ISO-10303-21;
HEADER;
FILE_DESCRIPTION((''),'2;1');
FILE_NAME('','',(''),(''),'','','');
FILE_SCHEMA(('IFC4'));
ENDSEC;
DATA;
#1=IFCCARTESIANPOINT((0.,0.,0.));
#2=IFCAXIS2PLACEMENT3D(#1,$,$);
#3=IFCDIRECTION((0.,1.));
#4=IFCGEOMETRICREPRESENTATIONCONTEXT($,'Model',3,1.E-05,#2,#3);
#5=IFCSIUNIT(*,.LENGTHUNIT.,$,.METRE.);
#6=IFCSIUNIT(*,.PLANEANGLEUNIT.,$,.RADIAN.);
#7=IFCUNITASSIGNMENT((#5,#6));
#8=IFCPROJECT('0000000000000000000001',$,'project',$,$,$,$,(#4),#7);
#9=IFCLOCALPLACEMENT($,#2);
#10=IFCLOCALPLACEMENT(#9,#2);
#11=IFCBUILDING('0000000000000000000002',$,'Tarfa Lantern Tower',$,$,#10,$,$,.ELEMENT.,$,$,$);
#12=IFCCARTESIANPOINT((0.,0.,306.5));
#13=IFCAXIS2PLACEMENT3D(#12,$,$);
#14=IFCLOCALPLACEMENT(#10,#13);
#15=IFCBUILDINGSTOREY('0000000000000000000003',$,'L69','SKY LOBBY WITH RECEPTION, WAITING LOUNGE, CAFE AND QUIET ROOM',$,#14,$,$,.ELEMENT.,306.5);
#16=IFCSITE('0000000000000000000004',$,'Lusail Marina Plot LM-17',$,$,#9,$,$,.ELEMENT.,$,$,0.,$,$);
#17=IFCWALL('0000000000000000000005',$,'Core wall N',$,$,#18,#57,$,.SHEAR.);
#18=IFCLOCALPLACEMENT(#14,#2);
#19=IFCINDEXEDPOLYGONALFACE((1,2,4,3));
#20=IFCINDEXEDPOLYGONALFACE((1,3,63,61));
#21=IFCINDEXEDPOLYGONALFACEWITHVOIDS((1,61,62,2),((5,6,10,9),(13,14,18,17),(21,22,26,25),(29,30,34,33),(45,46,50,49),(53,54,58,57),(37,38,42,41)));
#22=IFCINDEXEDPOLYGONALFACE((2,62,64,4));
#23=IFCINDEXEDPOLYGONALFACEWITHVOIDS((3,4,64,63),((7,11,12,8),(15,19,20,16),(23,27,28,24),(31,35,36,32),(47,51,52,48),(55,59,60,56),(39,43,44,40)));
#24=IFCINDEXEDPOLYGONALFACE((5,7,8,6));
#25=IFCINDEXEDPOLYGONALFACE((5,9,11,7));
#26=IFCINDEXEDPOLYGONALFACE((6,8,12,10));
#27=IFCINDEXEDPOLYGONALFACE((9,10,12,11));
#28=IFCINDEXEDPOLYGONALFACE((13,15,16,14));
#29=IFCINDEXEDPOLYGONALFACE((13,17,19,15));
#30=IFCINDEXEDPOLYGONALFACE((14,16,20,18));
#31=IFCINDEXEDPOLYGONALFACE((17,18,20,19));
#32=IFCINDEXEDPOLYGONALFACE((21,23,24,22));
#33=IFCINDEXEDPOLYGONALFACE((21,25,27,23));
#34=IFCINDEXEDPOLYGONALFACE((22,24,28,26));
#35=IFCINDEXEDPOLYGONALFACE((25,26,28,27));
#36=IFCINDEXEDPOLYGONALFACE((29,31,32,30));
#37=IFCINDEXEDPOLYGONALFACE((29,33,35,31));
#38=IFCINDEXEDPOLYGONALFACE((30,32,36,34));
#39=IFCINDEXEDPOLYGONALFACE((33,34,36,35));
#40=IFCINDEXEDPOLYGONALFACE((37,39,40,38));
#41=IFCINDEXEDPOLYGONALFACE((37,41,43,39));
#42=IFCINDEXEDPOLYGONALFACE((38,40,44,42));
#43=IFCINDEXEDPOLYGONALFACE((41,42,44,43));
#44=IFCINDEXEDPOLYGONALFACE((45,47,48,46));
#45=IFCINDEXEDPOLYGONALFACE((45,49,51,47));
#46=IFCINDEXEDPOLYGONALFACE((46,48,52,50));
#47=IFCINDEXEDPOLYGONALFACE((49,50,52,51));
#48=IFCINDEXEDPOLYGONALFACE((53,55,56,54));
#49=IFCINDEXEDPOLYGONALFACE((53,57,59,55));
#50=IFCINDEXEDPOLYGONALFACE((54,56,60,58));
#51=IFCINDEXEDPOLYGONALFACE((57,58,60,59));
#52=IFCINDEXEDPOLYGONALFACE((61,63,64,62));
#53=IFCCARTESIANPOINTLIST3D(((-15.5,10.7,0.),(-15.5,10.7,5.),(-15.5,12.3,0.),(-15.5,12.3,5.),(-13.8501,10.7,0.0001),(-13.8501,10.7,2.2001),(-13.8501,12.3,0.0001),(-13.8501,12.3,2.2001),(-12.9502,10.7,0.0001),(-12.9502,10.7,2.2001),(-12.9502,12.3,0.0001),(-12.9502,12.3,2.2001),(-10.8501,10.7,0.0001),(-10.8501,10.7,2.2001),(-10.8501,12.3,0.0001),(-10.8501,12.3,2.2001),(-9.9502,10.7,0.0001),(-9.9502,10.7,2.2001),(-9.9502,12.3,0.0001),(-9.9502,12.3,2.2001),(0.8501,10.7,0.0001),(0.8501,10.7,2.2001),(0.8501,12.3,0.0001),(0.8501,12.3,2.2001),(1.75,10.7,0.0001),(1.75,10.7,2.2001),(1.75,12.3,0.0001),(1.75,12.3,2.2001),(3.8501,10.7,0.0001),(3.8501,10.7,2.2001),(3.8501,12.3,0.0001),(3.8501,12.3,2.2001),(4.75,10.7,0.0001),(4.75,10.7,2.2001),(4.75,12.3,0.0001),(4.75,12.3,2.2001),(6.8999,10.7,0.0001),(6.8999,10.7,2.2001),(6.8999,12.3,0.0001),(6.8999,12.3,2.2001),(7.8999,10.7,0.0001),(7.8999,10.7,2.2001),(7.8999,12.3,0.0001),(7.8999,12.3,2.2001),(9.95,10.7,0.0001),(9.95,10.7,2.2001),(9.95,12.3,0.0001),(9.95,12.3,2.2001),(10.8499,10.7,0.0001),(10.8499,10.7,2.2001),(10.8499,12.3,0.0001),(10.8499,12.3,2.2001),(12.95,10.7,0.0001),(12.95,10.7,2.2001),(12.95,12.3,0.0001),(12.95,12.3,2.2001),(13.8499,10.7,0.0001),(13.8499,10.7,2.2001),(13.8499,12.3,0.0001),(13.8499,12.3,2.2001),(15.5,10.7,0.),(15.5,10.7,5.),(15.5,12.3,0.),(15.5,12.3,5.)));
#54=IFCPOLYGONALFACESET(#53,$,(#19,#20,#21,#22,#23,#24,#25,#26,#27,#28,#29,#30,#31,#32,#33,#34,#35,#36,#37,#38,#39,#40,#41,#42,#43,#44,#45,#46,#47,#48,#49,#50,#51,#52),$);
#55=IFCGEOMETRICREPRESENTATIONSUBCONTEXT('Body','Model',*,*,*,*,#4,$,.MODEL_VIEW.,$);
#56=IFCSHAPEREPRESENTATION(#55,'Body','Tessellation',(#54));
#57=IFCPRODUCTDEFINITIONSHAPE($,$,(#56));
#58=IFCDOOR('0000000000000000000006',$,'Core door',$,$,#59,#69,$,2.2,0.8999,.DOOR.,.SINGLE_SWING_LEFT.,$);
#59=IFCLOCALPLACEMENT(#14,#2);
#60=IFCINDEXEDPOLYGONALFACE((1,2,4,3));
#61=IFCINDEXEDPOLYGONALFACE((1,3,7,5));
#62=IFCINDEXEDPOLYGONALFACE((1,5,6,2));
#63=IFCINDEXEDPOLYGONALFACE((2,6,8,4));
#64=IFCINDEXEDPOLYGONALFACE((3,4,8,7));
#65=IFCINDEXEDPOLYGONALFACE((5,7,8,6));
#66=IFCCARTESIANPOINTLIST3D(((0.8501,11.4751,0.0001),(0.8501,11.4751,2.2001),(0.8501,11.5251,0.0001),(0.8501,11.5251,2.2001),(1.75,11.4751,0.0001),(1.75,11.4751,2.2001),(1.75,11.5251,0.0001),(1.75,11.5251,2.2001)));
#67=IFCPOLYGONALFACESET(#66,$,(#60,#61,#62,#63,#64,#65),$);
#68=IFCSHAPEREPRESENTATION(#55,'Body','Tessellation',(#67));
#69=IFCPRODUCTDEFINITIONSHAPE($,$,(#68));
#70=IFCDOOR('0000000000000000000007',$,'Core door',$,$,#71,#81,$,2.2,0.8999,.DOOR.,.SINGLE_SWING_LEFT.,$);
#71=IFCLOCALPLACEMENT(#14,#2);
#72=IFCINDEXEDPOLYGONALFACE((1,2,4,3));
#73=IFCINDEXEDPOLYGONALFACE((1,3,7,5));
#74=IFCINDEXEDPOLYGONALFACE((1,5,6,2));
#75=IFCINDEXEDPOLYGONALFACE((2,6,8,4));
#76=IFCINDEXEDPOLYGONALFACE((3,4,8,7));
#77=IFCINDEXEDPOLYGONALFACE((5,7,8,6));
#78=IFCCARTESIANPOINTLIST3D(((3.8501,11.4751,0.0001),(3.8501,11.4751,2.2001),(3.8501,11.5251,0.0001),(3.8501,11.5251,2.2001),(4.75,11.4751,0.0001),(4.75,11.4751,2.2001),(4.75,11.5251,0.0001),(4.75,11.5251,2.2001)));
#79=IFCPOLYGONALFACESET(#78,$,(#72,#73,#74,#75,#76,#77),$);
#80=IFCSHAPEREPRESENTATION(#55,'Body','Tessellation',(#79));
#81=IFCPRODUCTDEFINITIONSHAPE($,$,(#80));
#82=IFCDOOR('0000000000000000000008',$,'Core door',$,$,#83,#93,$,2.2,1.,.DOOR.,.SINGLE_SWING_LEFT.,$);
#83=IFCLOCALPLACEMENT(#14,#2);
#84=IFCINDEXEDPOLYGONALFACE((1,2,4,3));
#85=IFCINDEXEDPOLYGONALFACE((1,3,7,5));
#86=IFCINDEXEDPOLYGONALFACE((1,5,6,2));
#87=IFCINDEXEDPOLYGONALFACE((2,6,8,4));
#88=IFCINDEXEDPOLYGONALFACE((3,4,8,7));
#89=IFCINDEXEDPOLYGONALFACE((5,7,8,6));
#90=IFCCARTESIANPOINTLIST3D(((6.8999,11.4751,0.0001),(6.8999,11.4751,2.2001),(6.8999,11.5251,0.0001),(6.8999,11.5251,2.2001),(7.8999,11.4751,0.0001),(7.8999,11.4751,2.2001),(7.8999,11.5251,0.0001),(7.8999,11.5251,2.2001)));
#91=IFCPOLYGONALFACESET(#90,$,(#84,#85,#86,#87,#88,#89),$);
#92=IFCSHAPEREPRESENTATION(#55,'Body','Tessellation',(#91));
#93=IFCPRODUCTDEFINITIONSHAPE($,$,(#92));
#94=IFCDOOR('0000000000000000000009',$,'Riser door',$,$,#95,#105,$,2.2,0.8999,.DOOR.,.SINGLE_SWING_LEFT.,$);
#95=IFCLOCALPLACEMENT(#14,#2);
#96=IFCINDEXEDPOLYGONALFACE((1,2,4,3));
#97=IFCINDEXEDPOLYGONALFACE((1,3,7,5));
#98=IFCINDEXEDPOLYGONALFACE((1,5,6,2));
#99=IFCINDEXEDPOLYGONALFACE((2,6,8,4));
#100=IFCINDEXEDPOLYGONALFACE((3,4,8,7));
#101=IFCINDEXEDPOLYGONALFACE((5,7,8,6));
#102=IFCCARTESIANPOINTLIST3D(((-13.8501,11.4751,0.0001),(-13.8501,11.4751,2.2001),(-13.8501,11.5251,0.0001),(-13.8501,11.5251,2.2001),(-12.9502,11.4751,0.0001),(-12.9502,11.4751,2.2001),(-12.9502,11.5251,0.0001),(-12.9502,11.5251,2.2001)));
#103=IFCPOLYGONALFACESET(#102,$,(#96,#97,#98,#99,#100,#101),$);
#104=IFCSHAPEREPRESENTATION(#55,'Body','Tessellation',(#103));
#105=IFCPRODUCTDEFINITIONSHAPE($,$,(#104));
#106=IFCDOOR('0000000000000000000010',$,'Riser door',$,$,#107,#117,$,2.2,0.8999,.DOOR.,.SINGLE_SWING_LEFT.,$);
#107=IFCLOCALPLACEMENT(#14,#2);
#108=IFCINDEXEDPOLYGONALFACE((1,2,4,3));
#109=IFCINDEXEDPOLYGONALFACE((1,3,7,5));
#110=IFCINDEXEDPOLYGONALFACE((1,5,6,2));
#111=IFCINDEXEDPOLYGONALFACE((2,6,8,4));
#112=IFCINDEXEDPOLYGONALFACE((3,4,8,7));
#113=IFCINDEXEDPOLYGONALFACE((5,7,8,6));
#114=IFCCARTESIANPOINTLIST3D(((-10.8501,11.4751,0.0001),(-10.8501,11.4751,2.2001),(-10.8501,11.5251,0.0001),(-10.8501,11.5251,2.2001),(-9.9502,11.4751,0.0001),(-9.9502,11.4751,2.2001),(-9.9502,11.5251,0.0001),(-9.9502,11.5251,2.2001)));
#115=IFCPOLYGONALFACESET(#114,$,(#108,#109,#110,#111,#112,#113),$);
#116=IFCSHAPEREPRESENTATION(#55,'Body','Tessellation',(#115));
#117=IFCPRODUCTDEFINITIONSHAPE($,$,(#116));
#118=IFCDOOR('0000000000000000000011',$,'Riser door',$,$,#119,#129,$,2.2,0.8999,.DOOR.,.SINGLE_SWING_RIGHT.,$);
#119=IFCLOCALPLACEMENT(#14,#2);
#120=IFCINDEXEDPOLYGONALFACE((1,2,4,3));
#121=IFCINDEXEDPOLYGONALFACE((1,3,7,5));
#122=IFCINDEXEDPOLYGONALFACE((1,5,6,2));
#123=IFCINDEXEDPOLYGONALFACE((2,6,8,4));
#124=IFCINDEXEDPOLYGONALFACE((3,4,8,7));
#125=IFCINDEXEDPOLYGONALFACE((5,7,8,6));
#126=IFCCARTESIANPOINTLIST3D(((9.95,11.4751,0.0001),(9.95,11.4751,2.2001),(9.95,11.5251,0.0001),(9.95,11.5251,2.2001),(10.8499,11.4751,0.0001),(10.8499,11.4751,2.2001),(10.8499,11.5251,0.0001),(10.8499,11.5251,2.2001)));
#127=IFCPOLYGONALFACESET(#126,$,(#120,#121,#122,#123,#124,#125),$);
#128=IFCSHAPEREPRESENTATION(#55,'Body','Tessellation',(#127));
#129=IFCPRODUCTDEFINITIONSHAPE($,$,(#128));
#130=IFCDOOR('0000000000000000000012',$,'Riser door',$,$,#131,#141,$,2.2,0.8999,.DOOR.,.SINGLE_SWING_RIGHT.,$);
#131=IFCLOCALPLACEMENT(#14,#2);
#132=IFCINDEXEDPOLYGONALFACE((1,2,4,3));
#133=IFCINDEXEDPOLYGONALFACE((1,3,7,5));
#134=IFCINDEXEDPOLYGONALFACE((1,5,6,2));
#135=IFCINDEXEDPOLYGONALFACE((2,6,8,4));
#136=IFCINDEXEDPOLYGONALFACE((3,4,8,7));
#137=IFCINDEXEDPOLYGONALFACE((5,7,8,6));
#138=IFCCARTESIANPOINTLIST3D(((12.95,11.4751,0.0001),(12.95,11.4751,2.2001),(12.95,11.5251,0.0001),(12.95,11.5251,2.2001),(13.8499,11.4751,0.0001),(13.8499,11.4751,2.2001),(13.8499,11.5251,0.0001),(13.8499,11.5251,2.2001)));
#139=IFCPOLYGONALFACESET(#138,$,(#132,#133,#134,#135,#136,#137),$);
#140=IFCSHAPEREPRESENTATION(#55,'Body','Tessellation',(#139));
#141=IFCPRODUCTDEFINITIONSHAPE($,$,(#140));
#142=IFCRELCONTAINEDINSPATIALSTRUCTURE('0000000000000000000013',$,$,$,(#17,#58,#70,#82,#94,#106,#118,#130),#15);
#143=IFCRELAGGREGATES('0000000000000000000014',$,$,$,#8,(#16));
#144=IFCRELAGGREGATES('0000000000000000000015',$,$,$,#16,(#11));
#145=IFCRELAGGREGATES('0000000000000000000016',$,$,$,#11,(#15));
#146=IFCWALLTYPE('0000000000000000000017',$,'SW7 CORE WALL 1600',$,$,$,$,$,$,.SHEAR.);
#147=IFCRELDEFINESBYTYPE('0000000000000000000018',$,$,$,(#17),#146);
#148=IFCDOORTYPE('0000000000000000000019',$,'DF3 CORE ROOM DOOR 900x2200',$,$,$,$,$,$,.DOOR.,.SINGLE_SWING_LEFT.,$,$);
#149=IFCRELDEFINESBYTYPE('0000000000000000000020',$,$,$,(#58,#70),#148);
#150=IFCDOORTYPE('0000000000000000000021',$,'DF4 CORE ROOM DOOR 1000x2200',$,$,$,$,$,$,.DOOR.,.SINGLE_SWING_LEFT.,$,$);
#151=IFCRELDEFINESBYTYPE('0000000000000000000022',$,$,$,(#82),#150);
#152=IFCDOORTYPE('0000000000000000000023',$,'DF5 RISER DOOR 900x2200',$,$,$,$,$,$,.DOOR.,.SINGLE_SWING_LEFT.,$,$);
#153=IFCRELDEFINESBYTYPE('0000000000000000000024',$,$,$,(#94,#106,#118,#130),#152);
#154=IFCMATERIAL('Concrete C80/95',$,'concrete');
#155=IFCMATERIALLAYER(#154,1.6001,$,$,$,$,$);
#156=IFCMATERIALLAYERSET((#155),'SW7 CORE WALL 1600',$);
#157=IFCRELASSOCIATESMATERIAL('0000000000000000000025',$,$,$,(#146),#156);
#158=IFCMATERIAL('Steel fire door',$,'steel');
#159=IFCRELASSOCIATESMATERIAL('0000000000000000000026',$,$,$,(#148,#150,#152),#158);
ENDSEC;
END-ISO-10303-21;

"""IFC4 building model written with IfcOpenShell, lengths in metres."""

from ifc_helpers import new_model, si_unit, direction, frame, frame_2d, origin, place, context, subcontext, project, spatial, rectangle, extrude, material, layer, layer_set, type_object, element, fill, save


model = new_model("IFC4")

# Units and contexts
model_context = context("Model", 3, precision=1e-05, world=origin(), true_north=direction((0.0, 1.0)))
body_context = subcontext(model_context, "Body", "Model", "MODEL_VIEW")
ifc_project = project(units=[si_unit("LENGTHUNIT", "METRE"), si_unit("PLANEANGLEUNIT", "RADIAN")], contexts=[model_context])

# Site, building, storey
site_placement = place(None, origin())
site = spatial("IfcSite", under=ifc_project, at=site_placement, Name="Lusail Marina Plot LM-17", CompositionType="ELEMENT", RefElevation=0.0)
building_placement = place(site_placement, origin())
building = spatial("IfcBuilding", under=site, at=building_placement, Name="Tarfa Lantern Tower", CompositionType="ELEMENT")
storey_placement = place(building_placement, frame((0.0, 0.0, 306.5)))
storey = spatial("IfcBuildingStorey", under=building, at=storey_placement, Name="L69", Description="SKY LOBBY WITH RECEPTION, WAITING LOUNGE, CAFE AND QUIET ROOM", CompositionType="ELEMENT", Elevation=306.5)

# Shared definitions
ifc_material_1 = material(Name="Concrete C80/95", Category="concrete")
ifc_material_2 = material(Name="Steel fire door", Category="steel")

# Wall, openings, doors
ifc_layer_1 = layer(ifc_material_1, 1.6001)
ifc_layer_set_1 = layer_set([ifc_layer_1], Name="SW7 CORE WALL 1600")
wall_type_1 = type_object("IfcWallType", Name="SW7 CORE WALL 1600", PredefinedType="SHEAR", material=ifc_layer_set_1)
wall_1_placement = place(storey_placement, frame((-15.5, 11.5, 0.0), z_axis=(0.0, 0.0, 1.0), x_axis=(1.0, 0.0, 0.0)))
wall_1 = element("IfcWall", 1, at=wall_1_placement, inside=storey, type_object=wall_type_1, Name="Core wall N", PredefinedType="SHEAR", context=body_context, shape_type="SweptSolid", body=[
    extrude(rectangle(XDim=31.0, YDim=1.6001, at=frame_2d((15.5, 0.0))), origin(), (0.0, 0.0, 1.0), 5.0),
])
opening_1_placement = place(wall_1_placement, frame((16.3501, 0.0, 0.0)))
opening_1 = element("IfcOpeningElement", 2, at=opening_1_placement, cuts=wall_1, PredefinedType="OPENING", context=body_context, shape_type="SweptSolid", body=[
    extrude(rectangle(XDim=0.8999, YDim=2.2, at=frame_2d((0.45, 1.1001))), frame((0.0, 0.8101, 0.0), z_axis=(0.0, -1.0, 0.0), x_axis=(1.0, 0.0, 0.0)), (0.0, 0.0, 1.0), 1.6201),
])
opening_2_placement = place(wall_1_placement, frame((19.3501, 0.0, 0.0)))
opening_2 = element("IfcOpeningElement", 3, at=opening_2_placement, cuts=wall_1, PredefinedType="OPENING", context=body_context, shape_type="SweptSolid", body=[
    extrude(rectangle(XDim=0.8999, YDim=2.2, at=frame_2d((0.45, 1.1001))), frame((0.0, 0.8101, 0.0), z_axis=(0.0, -1.0, 0.0), x_axis=(1.0, 0.0, 0.0)), (0.0, 0.0, 1.0), 1.6201),
])
opening_3_placement = place(wall_1_placement, frame((22.3999, 0.0, 0.0)))
opening_3 = element("IfcOpeningElement", 4, at=opening_3_placement, cuts=wall_1, PredefinedType="OPENING", context=body_context, shape_type="SweptSolid", body=[
    extrude(rectangle(XDim=1.0, YDim=2.2, at=frame_2d((0.5, 1.1001))), frame((0.0, 0.8101, 0.0), z_axis=(0.0, -1.0, 0.0), x_axis=(1.0, 0.0, 0.0)), (0.0, 0.0, 1.0), 1.6201),
])
opening_4_placement = place(wall_1_placement, frame((1.6499, 0.0, 0.0)))
opening_4 = element("IfcOpeningElement", 5, at=opening_4_placement, cuts=wall_1, PredefinedType="OPENING", context=body_context, shape_type="SweptSolid", body=[
    extrude(rectangle(XDim=0.8999, YDim=2.2, at=frame_2d((0.45, 1.1001))), frame((0.0, 0.8101, 0.0), z_axis=(0.0, -1.0, 0.0), x_axis=(1.0, 0.0, 0.0)), (0.0, 0.0, 1.0), 1.6201),
])
opening_5_placement = place(wall_1_placement, frame((4.6499, 0.0, 0.0)))
opening_5 = element("IfcOpeningElement", 6, at=opening_5_placement, cuts=wall_1, PredefinedType="OPENING", context=body_context, shape_type="SweptSolid", body=[
    extrude(rectangle(XDim=0.8999, YDim=2.2, at=frame_2d((0.45, 1.1001))), frame((0.0, 0.8101, 0.0), z_axis=(0.0, -1.0, 0.0), x_axis=(1.0, 0.0, 0.0)), (0.0, 0.0, 1.0), 1.6201),
])
opening_6_placement = place(wall_1_placement, frame((25.45, 0.0, 0.0)))
opening_6 = element("IfcOpeningElement", 7, at=opening_6_placement, cuts=wall_1, PredefinedType="OPENING", context=body_context, shape_type="SweptSolid", body=[
    extrude(rectangle(XDim=0.8999, YDim=2.2, at=frame_2d((0.45, 1.1001))), frame((0.0, 0.8101, 0.0), z_axis=(0.0, -1.0, 0.0), x_axis=(1.0, 0.0, 0.0)), (0.0, 0.0, 1.0), 1.6201),
])
opening_7_placement = place(wall_1_placement, frame((28.45, 0.0, 0.0)))
opening_7 = element("IfcOpeningElement", 8, at=opening_7_placement, cuts=wall_1, PredefinedType="OPENING", context=body_context, shape_type="SweptSolid", body=[
    extrude(rectangle(XDim=0.8999, YDim=2.2, at=frame_2d((0.45, 1.1001))), frame((0.0, 0.8101, 0.0), z_axis=(0.0, -1.0, 0.0), x_axis=(1.0, 0.0, 0.0)), (0.0, 0.0, 1.0), 1.6201),
])
door_type_1 = type_object("IfcDoorType", Name="DF3 CORE ROOM DOOR 900x2200", OperationType="SINGLE_SWING_LEFT", PredefinedType="DOOR", material=ifc_material_2)
door_1_placement = place(opening_1_placement, frame((0.8999, 0.0, 0.0), z_axis=(0.0, 0.0, 1.0), x_axis=(-1.0, 0.0, 0.0)))
door_1 = element("IfcDoor", 9, at=door_1_placement, inside=storey, type_object=door_type_1, Name="Core door", OperationType="SINGLE_SWING_LEFT", OverallHeight=2.2, OverallWidth=0.8999, PredefinedType="DOOR", context=body_context, shape_type="SweptSolid", body=[
    extrude(rectangle(XDim=0.8999, YDim=2.2, at=frame_2d((0.45, 1.1001))), frame((0.0, 0.0249, 0.0), z_axis=(0.0, -1.0, 0.0), x_axis=(1.0, 0.0, 0.0)), (0.0, 0.0, 1.0), 0.05),
])
fill(opening_1, door_1)
door_2_placement = place(opening_2_placement, frame((0.8999, 0.0, 0.0), z_axis=(0.0, 0.0, 1.0), x_axis=(-1.0, 0.0, 0.0)))
door_2 = element("IfcDoor", 10, at=door_2_placement, inside=storey, type_object=door_type_1, Name="Core door", OperationType="SINGLE_SWING_LEFT", OverallHeight=2.2, OverallWidth=0.8999, PredefinedType="DOOR", context=body_context, shape_type="SweptSolid", body=[
    extrude(rectangle(XDim=0.8999, YDim=2.2, at=frame_2d((0.45, 1.1001))), frame((0.0, 0.0249, 0.0), z_axis=(0.0, -1.0, 0.0), x_axis=(1.0, 0.0, 0.0)), (0.0, 0.0, 1.0), 0.05),
])
fill(opening_2, door_2)
door_type_2 = type_object("IfcDoorType", Name="DF4 CORE ROOM DOOR 1000x2200", OperationType="SINGLE_SWING_LEFT", PredefinedType="DOOR", material=ifc_material_2)
door_3_placement = place(opening_3_placement, frame((1.0, 0.0, 0.0), z_axis=(0.0, 0.0, 1.0), x_axis=(-1.0, 0.0, 0.0)))
door_3 = element("IfcDoor", 11, at=door_3_placement, inside=storey, type_object=door_type_2, Name="Core door", OperationType="SINGLE_SWING_LEFT", OverallHeight=2.2, OverallWidth=1.0, PredefinedType="DOOR", context=body_context, shape_type="SweptSolid", body=[
    extrude(rectangle(XDim=1.0, YDim=2.2, at=frame_2d((0.5, 1.1001))), frame((0.0, 0.0249, 0.0), z_axis=(0.0, -1.0, 0.0), x_axis=(1.0, 0.0, 0.0)), (0.0, 0.0, 1.0), 0.05),
])
fill(opening_3, door_3)
door_type_3 = type_object("IfcDoorType", Name="DF5 RISER DOOR 900x2200", OperationType="SINGLE_SWING_LEFT", PredefinedType="DOOR", material=ifc_material_2)
door_4_placement = place(opening_4_placement, frame((0.8999, 0.0, 0.0), z_axis=(0.0, 0.0, 1.0), x_axis=(-1.0, 0.0, 0.0)))
door_4 = element("IfcDoor", 12, at=door_4_placement, inside=storey, type_object=door_type_3, Name="Riser door", OperationType="SINGLE_SWING_LEFT", OverallHeight=2.2, OverallWidth=0.8999, PredefinedType="DOOR", context=body_context, shape_type="SweptSolid", body=[
    extrude(rectangle(XDim=0.8999, YDim=2.2, at=frame_2d((0.45, 1.1001))), frame((0.0, 0.0249, 0.0), z_axis=(0.0, -1.0, 0.0), x_axis=(1.0, 0.0, 0.0)), (0.0, 0.0, 1.0), 0.05),
])
fill(opening_4, door_4)
door_5_placement = place(opening_5_placement, frame((0.8999, 0.0, 0.0), z_axis=(0.0, 0.0, 1.0), x_axis=(-1.0, 0.0, 0.0)))
door_5 = element("IfcDoor", 13, at=door_5_placement, inside=storey, type_object=door_type_3, Name="Riser door", OperationType="SINGLE_SWING_LEFT", OverallHeight=2.2, OverallWidth=0.8999, PredefinedType="DOOR", context=body_context, shape_type="SweptSolid", body=[
    extrude(rectangle(XDim=0.8999, YDim=2.2, at=frame_2d((0.45, 1.1001))), frame((0.0, 0.0249, 0.0), z_axis=(0.0, -1.0, 0.0), x_axis=(1.0, 0.0, 0.0)), (0.0, 0.0, 1.0), 0.05),
])
fill(opening_5, door_5)
door_6_placement = place(opening_6_placement, frame((0.8999, 0.0, 0.0), z_axis=(0.0, 0.0, 1.0), x_axis=(-1.0, 0.0, 0.0)))
door_6 = element("IfcDoor", 14, at=door_6_placement, inside=storey, type_object=door_type_3, Name="Riser door", OperationType="SINGLE_SWING_RIGHT", OverallHeight=2.2, OverallWidth=0.8999, PredefinedType="DOOR", context=body_context, shape_type="SweptSolid", body=[
    extrude(rectangle(XDim=0.8999, YDim=2.2, at=frame_2d((0.45, 1.1001))), frame((0.0, 0.0249, 0.0), z_axis=(0.0, -1.0, 0.0), x_axis=(1.0, 0.0, 0.0)), (0.0, 0.0, 1.0), 0.05),
])
fill(opening_6, door_6)
door_7_placement = place(opening_7_placement, frame((0.8999, 0.0, 0.0), z_axis=(0.0, 0.0, 1.0), x_axis=(-1.0, 0.0, 0.0)))
door_7 = element("IfcDoor", 15, at=door_7_placement, inside=storey, type_object=door_type_3, Name="Riser door", OperationType="SINGLE_SWING_RIGHT", OverallHeight=2.2, OverallWidth=0.8999, PredefinedType="DOOR", context=body_context, shape_type="SweptSolid", body=[
    extrude(rectangle(XDim=0.8999, YDim=2.2, at=frame_2d((0.45, 1.1001))), frame((0.0, 0.0249, 0.0), z_axis=(0.0, -1.0, 0.0), x_axis=(1.0, 0.0, 0.0)), (0.0, 0.0, 1.0), 0.05),
])
fill(opening_7, door_7)

save(model, "model.ifc")
